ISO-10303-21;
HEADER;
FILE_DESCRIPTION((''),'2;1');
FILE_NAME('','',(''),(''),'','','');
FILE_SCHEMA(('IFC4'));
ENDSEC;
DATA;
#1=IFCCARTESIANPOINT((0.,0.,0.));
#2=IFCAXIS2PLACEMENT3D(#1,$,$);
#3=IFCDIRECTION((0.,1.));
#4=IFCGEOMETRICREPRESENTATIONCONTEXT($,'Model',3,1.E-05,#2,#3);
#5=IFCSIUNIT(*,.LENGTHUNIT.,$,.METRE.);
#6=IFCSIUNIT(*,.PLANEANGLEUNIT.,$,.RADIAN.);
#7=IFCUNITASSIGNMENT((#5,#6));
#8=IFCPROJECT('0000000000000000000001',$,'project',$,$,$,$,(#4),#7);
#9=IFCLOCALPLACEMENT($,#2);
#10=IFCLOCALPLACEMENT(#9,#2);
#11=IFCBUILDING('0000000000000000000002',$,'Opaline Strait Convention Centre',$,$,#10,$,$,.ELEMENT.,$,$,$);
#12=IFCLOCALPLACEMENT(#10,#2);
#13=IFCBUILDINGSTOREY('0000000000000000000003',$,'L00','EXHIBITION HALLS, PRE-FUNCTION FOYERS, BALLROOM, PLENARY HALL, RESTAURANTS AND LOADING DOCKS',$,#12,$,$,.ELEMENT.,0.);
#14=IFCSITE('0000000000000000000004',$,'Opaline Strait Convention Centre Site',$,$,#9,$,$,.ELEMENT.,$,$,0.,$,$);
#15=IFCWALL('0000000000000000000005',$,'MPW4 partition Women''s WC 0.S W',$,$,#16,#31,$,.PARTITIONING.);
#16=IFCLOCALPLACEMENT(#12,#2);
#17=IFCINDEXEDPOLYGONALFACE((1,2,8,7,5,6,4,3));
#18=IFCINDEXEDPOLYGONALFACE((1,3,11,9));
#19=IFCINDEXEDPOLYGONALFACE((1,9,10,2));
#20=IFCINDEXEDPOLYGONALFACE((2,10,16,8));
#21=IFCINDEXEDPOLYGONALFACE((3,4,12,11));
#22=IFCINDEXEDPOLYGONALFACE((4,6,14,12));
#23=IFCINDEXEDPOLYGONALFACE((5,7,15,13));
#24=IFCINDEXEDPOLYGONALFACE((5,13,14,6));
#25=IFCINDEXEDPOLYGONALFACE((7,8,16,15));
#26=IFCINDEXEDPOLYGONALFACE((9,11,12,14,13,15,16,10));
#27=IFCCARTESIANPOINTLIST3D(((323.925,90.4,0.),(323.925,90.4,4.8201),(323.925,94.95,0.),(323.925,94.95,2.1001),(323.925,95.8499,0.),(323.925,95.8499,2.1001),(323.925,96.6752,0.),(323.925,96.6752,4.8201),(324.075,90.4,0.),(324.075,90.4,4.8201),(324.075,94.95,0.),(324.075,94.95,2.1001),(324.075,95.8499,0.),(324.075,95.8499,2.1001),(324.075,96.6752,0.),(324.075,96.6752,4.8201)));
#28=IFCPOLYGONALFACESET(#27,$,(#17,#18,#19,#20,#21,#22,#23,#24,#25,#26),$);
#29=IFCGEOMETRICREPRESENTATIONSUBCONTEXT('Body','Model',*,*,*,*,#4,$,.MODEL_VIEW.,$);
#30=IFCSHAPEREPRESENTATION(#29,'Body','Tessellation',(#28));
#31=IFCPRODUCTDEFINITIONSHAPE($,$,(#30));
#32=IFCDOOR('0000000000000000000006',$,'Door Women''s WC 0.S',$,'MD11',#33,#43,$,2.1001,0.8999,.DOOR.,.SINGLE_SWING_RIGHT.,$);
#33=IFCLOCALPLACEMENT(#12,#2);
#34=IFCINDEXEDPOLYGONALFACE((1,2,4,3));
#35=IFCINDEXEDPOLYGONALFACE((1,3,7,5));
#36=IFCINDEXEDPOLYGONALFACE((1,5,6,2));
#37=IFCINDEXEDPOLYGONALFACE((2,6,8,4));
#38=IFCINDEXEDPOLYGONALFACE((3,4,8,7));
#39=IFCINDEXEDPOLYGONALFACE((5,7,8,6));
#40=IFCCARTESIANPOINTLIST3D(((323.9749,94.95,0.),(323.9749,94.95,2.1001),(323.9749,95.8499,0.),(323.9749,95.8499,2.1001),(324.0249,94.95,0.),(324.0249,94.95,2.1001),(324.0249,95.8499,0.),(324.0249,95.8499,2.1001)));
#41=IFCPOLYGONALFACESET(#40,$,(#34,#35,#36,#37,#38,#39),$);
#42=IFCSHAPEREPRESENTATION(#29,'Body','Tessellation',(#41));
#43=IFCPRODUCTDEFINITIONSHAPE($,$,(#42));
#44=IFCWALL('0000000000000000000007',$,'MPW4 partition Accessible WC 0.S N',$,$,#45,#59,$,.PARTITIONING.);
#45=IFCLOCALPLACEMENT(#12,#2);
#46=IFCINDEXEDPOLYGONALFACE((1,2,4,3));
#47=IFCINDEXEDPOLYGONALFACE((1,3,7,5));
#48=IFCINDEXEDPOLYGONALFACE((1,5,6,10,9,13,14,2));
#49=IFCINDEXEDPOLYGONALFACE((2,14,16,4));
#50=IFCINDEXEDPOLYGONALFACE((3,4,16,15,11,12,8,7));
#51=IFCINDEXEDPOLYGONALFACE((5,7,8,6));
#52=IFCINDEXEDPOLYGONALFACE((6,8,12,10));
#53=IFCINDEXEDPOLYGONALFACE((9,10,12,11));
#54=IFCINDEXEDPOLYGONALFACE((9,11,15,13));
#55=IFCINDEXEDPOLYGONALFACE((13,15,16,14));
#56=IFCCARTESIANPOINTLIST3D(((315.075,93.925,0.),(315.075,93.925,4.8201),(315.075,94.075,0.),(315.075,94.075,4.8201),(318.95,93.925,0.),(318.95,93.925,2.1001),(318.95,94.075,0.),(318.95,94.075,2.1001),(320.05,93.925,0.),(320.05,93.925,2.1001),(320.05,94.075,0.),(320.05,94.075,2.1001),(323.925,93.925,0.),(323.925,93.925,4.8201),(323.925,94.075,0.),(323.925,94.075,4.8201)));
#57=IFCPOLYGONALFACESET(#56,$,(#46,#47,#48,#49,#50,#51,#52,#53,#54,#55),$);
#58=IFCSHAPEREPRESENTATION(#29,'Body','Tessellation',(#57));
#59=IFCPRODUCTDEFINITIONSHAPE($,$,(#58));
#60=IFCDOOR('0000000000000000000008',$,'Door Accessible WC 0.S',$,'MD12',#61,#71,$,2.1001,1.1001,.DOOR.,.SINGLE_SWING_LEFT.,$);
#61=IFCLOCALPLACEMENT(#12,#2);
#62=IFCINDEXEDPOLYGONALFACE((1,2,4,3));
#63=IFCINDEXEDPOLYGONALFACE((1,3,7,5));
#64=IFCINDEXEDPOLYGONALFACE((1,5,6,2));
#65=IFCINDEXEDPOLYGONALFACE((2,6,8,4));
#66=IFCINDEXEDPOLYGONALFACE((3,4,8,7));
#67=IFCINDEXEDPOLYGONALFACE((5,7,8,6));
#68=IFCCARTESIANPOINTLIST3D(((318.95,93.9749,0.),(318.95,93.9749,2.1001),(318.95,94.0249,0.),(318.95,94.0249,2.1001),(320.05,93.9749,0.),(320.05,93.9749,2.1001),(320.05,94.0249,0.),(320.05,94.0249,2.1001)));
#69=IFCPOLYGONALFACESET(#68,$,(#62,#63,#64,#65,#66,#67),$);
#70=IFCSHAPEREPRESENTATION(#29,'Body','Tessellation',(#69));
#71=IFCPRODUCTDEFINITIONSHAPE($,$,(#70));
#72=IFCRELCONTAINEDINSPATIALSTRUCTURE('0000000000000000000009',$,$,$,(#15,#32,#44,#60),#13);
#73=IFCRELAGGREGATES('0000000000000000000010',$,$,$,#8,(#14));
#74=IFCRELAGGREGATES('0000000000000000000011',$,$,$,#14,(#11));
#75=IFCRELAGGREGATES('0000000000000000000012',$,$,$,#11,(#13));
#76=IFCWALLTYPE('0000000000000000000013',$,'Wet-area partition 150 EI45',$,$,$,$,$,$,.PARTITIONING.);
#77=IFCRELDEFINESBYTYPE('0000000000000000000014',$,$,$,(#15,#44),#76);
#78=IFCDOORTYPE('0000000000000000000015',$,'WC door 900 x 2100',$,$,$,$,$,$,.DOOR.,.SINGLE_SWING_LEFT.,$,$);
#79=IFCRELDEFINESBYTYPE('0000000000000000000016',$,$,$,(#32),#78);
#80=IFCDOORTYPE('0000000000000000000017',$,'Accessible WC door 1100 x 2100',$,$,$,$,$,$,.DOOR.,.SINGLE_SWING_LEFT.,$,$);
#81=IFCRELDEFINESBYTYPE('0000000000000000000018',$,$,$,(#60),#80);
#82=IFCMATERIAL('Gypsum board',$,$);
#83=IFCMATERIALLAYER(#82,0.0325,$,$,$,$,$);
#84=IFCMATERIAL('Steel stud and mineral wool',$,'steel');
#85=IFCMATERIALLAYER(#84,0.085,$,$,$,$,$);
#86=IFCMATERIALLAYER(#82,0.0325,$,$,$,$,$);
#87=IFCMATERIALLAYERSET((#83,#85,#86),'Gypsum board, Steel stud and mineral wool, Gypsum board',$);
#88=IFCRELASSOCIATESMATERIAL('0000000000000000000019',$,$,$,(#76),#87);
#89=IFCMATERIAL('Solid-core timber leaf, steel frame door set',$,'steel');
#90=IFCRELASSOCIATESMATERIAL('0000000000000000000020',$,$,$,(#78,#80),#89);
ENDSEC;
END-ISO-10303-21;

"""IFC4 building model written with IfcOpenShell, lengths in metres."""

from ifc_helpers import new_model, si_unit, direction, frame, frame_2d, origin, place, context, subcontext, project, spatial, rectangle, extrude, material, layer, layer_set, type_object, element, fill, save


model = new_model("IFC4")

# Units and contexts
model_context = context("Model", 3, precision=1e-05, world=origin(), true_north=direction((0.0, 1.0)))
body_context = subcontext(model_context, "Body", "Model", "MODEL_VIEW")
ifc_project = project(units=[si_unit("LENGTHUNIT", "METRE"), si_unit("PLANEANGLEUNIT", "RADIAN")], contexts=[model_context])

# Site, building, storey
site_placement = place(None, origin())
site = spatial("IfcSite", under=ifc_project, at=site_placement, Name="Opaline Strait Convention Centre Site", CompositionType="ELEMENT", RefElevation=0.0)
building_placement = place(site_placement, origin())
building = spatial("IfcBuilding", under=site, at=building_placement, Name="Opaline Strait Convention Centre", CompositionType="ELEMENT")
storey_placement = place(building_placement, origin())
storey = spatial("IfcBuildingStorey", under=building, at=storey_placement, Name="L00", Description="EXHIBITION HALLS, PRE-FUNCTION FOYERS, BALLROOM, PLENARY HALL, RESTAURANTS AND LOADING DOCKS", CompositionType="ELEMENT", Elevation=0.0)

# Shared definitions
ifc_material_1 = material(Name="Gypsum board")
ifc_material_2 = material(Name="Steel stud and mineral wool", Category="steel")

# Shared definitions
ifc_material_3 = material(Name="Solid-core timber leaf, steel frame door set", Category="steel")

# Walls, openings, doors
ifc_layer_1 = layer(ifc_material_1, 0.0325)
ifc_layer_2 = layer(ifc_material_2, 0.085)
ifc_layer_3 = layer(ifc_material_1, 0.0325)
ifc_layer_set_1 = layer_set([ifc_layer_1, ifc_layer_2, ifc_layer_3], Name="Gypsum board, Steel stud and mineral wool, Gypsum board")
wall_type_1 = type_object("IfcWallType", Name="Wet-area partition 150 EI45", PredefinedType="PARTITIONING", material=ifc_layer_set_1)
door_type_1 = type_object("IfcDoorType", Name="WC door 900 x 2100", OperationType="SINGLE_SWING_LEFT", PredefinedType="DOOR", material=ifc_material_3)
wall_1_placement = place(storey_placement, frame((324.0, 90.3999, 0.0), z_axis=(0.0, 0.0, 1.0), x_axis=(0.0, 1.0, 0.0)))
wall_1 = element("IfcWall", 1, at=wall_1_placement, inside=storey, type_object=wall_type_1, Name="MPW4 partition Women's WC 0.S W", PredefinedType="PARTITIONING", context=body_context, shape_type="SweptSolid", body=[
    extrude(rectangle(XDim=6.2751, YDim=0.1499, at=frame_2d((3.1377, 0.0))), origin(), (0.0, 0.0, 1.0), 4.8201),
])
opening_1_placement = place(wall_1_placement, frame((4.55, 0.0, 0.0)))
opening_1 = element("IfcOpeningElement", 2, at=opening_1_placement, cuts=wall_1, PredefinedType="OPENING", context=body_context, shape_type="SweptSolid", body=[
    extrude(rectangle(XDim=0.8999, YDim=2.1001, at=frame_2d((0.45, 1.05))), frame((0.0, 0.085, 0.0), z_axis=(0.0, -1.0, 0.0), x_axis=(1.0, 0.0, 0.0)), (0.0, 0.0, 1.0), 0.1699),
])
door_1_placement = place(opening_1_placement, frame((0.8999, 0.0, 0.0), z_axis=(0.0, 0.0, 1.0), x_axis=(-1.0, 0.0, 0.0)))
door_1 = element("IfcDoor", 3, at=door_1_placement, inside=storey, type_object=door_type_1, Name="Door Women's WC 0.S", ObjectType="MD11", OperationType="SINGLE_SWING_RIGHT", OverallHeight=2.1001, OverallWidth=0.8999, PredefinedType="DOOR", context=body_context, shape_type="SweptSolid", body=[
    extrude(rectangle(XDim=0.8999, YDim=2.1001, at=frame_2d((0.45, 1.05))), frame((0.0, 0.0249, 0.0), z_axis=(0.0, -1.0, 0.0), x_axis=(1.0, 0.0, 0.0)), (0.0, 0.0, 1.0), 0.05),
])
fill(opening_1, door_1)
wall_2_placement = place(storey_placement, frame((315.075, 94.0, 0.0), z_axis=(0.0, 0.0, 1.0), x_axis=(1.0, 0.0, 0.0)))
wall_2 = element("IfcWall", 4, at=wall_2_placement, inside=storey, type_object=wall_type_1, Name="MPW4 partition Accessible WC 0.S N", PredefinedType="PARTITIONING", context=body_context, shape_type="SweptSolid", body=[
    extrude(rectangle(XDim=8.8501, YDim=0.1499, at=frame_2d((4.425, 0.0))), origin(), (0.0, 0.0, 1.0), 4.8201),
])
opening_2_placement = place(wall_2_placement, frame((3.875, 0.0, 0.0)))
opening_2 = element("IfcOpeningElement", 5, at=opening_2_placement, cuts=wall_2, PredefinedType="OPENING", context=body_context, shape_type="SweptSolid", body=[
    extrude(rectangle(XDim=1.1001, YDim=2.1001, at=frame_2d((0.55, 1.05))), frame((0.0, 0.085, 0.0), z_axis=(0.0, -1.0, 0.0), x_axis=(1.0, 0.0, 0.0)), (0.0, 0.0, 1.0), 0.1699),
])
door_type_2 = type_object("IfcDoorType", Name="Accessible WC door 1100 x 2100", OperationType="SINGLE_SWING_LEFT", PredefinedType="DOOR", material=ifc_material_3)
door_2_placement = place(opening_2_placement, origin())
door_2 = element("IfcDoor", 6, at=door_2_placement, inside=storey, type_object=door_type_2, Name="Door Accessible WC 0.S", ObjectType="MD12", OperationType="SINGLE_SWING_LEFT", OverallHeight=2.1001, OverallWidth=1.1001, PredefinedType="DOOR", context=body_context, shape_type="SweptSolid", body=[
    extrude(rectangle(XDim=1.1001, YDim=2.1001, at=frame_2d((0.55, 1.05))), frame((0.0, 0.0249, 0.0), z_axis=(0.0, -1.0, 0.0), x_axis=(1.0, 0.0, 0.0)), (0.0, 0.0, 1.0), 0.05),
])
fill(opening_2, door_2)

save(model, "model.ifc")
